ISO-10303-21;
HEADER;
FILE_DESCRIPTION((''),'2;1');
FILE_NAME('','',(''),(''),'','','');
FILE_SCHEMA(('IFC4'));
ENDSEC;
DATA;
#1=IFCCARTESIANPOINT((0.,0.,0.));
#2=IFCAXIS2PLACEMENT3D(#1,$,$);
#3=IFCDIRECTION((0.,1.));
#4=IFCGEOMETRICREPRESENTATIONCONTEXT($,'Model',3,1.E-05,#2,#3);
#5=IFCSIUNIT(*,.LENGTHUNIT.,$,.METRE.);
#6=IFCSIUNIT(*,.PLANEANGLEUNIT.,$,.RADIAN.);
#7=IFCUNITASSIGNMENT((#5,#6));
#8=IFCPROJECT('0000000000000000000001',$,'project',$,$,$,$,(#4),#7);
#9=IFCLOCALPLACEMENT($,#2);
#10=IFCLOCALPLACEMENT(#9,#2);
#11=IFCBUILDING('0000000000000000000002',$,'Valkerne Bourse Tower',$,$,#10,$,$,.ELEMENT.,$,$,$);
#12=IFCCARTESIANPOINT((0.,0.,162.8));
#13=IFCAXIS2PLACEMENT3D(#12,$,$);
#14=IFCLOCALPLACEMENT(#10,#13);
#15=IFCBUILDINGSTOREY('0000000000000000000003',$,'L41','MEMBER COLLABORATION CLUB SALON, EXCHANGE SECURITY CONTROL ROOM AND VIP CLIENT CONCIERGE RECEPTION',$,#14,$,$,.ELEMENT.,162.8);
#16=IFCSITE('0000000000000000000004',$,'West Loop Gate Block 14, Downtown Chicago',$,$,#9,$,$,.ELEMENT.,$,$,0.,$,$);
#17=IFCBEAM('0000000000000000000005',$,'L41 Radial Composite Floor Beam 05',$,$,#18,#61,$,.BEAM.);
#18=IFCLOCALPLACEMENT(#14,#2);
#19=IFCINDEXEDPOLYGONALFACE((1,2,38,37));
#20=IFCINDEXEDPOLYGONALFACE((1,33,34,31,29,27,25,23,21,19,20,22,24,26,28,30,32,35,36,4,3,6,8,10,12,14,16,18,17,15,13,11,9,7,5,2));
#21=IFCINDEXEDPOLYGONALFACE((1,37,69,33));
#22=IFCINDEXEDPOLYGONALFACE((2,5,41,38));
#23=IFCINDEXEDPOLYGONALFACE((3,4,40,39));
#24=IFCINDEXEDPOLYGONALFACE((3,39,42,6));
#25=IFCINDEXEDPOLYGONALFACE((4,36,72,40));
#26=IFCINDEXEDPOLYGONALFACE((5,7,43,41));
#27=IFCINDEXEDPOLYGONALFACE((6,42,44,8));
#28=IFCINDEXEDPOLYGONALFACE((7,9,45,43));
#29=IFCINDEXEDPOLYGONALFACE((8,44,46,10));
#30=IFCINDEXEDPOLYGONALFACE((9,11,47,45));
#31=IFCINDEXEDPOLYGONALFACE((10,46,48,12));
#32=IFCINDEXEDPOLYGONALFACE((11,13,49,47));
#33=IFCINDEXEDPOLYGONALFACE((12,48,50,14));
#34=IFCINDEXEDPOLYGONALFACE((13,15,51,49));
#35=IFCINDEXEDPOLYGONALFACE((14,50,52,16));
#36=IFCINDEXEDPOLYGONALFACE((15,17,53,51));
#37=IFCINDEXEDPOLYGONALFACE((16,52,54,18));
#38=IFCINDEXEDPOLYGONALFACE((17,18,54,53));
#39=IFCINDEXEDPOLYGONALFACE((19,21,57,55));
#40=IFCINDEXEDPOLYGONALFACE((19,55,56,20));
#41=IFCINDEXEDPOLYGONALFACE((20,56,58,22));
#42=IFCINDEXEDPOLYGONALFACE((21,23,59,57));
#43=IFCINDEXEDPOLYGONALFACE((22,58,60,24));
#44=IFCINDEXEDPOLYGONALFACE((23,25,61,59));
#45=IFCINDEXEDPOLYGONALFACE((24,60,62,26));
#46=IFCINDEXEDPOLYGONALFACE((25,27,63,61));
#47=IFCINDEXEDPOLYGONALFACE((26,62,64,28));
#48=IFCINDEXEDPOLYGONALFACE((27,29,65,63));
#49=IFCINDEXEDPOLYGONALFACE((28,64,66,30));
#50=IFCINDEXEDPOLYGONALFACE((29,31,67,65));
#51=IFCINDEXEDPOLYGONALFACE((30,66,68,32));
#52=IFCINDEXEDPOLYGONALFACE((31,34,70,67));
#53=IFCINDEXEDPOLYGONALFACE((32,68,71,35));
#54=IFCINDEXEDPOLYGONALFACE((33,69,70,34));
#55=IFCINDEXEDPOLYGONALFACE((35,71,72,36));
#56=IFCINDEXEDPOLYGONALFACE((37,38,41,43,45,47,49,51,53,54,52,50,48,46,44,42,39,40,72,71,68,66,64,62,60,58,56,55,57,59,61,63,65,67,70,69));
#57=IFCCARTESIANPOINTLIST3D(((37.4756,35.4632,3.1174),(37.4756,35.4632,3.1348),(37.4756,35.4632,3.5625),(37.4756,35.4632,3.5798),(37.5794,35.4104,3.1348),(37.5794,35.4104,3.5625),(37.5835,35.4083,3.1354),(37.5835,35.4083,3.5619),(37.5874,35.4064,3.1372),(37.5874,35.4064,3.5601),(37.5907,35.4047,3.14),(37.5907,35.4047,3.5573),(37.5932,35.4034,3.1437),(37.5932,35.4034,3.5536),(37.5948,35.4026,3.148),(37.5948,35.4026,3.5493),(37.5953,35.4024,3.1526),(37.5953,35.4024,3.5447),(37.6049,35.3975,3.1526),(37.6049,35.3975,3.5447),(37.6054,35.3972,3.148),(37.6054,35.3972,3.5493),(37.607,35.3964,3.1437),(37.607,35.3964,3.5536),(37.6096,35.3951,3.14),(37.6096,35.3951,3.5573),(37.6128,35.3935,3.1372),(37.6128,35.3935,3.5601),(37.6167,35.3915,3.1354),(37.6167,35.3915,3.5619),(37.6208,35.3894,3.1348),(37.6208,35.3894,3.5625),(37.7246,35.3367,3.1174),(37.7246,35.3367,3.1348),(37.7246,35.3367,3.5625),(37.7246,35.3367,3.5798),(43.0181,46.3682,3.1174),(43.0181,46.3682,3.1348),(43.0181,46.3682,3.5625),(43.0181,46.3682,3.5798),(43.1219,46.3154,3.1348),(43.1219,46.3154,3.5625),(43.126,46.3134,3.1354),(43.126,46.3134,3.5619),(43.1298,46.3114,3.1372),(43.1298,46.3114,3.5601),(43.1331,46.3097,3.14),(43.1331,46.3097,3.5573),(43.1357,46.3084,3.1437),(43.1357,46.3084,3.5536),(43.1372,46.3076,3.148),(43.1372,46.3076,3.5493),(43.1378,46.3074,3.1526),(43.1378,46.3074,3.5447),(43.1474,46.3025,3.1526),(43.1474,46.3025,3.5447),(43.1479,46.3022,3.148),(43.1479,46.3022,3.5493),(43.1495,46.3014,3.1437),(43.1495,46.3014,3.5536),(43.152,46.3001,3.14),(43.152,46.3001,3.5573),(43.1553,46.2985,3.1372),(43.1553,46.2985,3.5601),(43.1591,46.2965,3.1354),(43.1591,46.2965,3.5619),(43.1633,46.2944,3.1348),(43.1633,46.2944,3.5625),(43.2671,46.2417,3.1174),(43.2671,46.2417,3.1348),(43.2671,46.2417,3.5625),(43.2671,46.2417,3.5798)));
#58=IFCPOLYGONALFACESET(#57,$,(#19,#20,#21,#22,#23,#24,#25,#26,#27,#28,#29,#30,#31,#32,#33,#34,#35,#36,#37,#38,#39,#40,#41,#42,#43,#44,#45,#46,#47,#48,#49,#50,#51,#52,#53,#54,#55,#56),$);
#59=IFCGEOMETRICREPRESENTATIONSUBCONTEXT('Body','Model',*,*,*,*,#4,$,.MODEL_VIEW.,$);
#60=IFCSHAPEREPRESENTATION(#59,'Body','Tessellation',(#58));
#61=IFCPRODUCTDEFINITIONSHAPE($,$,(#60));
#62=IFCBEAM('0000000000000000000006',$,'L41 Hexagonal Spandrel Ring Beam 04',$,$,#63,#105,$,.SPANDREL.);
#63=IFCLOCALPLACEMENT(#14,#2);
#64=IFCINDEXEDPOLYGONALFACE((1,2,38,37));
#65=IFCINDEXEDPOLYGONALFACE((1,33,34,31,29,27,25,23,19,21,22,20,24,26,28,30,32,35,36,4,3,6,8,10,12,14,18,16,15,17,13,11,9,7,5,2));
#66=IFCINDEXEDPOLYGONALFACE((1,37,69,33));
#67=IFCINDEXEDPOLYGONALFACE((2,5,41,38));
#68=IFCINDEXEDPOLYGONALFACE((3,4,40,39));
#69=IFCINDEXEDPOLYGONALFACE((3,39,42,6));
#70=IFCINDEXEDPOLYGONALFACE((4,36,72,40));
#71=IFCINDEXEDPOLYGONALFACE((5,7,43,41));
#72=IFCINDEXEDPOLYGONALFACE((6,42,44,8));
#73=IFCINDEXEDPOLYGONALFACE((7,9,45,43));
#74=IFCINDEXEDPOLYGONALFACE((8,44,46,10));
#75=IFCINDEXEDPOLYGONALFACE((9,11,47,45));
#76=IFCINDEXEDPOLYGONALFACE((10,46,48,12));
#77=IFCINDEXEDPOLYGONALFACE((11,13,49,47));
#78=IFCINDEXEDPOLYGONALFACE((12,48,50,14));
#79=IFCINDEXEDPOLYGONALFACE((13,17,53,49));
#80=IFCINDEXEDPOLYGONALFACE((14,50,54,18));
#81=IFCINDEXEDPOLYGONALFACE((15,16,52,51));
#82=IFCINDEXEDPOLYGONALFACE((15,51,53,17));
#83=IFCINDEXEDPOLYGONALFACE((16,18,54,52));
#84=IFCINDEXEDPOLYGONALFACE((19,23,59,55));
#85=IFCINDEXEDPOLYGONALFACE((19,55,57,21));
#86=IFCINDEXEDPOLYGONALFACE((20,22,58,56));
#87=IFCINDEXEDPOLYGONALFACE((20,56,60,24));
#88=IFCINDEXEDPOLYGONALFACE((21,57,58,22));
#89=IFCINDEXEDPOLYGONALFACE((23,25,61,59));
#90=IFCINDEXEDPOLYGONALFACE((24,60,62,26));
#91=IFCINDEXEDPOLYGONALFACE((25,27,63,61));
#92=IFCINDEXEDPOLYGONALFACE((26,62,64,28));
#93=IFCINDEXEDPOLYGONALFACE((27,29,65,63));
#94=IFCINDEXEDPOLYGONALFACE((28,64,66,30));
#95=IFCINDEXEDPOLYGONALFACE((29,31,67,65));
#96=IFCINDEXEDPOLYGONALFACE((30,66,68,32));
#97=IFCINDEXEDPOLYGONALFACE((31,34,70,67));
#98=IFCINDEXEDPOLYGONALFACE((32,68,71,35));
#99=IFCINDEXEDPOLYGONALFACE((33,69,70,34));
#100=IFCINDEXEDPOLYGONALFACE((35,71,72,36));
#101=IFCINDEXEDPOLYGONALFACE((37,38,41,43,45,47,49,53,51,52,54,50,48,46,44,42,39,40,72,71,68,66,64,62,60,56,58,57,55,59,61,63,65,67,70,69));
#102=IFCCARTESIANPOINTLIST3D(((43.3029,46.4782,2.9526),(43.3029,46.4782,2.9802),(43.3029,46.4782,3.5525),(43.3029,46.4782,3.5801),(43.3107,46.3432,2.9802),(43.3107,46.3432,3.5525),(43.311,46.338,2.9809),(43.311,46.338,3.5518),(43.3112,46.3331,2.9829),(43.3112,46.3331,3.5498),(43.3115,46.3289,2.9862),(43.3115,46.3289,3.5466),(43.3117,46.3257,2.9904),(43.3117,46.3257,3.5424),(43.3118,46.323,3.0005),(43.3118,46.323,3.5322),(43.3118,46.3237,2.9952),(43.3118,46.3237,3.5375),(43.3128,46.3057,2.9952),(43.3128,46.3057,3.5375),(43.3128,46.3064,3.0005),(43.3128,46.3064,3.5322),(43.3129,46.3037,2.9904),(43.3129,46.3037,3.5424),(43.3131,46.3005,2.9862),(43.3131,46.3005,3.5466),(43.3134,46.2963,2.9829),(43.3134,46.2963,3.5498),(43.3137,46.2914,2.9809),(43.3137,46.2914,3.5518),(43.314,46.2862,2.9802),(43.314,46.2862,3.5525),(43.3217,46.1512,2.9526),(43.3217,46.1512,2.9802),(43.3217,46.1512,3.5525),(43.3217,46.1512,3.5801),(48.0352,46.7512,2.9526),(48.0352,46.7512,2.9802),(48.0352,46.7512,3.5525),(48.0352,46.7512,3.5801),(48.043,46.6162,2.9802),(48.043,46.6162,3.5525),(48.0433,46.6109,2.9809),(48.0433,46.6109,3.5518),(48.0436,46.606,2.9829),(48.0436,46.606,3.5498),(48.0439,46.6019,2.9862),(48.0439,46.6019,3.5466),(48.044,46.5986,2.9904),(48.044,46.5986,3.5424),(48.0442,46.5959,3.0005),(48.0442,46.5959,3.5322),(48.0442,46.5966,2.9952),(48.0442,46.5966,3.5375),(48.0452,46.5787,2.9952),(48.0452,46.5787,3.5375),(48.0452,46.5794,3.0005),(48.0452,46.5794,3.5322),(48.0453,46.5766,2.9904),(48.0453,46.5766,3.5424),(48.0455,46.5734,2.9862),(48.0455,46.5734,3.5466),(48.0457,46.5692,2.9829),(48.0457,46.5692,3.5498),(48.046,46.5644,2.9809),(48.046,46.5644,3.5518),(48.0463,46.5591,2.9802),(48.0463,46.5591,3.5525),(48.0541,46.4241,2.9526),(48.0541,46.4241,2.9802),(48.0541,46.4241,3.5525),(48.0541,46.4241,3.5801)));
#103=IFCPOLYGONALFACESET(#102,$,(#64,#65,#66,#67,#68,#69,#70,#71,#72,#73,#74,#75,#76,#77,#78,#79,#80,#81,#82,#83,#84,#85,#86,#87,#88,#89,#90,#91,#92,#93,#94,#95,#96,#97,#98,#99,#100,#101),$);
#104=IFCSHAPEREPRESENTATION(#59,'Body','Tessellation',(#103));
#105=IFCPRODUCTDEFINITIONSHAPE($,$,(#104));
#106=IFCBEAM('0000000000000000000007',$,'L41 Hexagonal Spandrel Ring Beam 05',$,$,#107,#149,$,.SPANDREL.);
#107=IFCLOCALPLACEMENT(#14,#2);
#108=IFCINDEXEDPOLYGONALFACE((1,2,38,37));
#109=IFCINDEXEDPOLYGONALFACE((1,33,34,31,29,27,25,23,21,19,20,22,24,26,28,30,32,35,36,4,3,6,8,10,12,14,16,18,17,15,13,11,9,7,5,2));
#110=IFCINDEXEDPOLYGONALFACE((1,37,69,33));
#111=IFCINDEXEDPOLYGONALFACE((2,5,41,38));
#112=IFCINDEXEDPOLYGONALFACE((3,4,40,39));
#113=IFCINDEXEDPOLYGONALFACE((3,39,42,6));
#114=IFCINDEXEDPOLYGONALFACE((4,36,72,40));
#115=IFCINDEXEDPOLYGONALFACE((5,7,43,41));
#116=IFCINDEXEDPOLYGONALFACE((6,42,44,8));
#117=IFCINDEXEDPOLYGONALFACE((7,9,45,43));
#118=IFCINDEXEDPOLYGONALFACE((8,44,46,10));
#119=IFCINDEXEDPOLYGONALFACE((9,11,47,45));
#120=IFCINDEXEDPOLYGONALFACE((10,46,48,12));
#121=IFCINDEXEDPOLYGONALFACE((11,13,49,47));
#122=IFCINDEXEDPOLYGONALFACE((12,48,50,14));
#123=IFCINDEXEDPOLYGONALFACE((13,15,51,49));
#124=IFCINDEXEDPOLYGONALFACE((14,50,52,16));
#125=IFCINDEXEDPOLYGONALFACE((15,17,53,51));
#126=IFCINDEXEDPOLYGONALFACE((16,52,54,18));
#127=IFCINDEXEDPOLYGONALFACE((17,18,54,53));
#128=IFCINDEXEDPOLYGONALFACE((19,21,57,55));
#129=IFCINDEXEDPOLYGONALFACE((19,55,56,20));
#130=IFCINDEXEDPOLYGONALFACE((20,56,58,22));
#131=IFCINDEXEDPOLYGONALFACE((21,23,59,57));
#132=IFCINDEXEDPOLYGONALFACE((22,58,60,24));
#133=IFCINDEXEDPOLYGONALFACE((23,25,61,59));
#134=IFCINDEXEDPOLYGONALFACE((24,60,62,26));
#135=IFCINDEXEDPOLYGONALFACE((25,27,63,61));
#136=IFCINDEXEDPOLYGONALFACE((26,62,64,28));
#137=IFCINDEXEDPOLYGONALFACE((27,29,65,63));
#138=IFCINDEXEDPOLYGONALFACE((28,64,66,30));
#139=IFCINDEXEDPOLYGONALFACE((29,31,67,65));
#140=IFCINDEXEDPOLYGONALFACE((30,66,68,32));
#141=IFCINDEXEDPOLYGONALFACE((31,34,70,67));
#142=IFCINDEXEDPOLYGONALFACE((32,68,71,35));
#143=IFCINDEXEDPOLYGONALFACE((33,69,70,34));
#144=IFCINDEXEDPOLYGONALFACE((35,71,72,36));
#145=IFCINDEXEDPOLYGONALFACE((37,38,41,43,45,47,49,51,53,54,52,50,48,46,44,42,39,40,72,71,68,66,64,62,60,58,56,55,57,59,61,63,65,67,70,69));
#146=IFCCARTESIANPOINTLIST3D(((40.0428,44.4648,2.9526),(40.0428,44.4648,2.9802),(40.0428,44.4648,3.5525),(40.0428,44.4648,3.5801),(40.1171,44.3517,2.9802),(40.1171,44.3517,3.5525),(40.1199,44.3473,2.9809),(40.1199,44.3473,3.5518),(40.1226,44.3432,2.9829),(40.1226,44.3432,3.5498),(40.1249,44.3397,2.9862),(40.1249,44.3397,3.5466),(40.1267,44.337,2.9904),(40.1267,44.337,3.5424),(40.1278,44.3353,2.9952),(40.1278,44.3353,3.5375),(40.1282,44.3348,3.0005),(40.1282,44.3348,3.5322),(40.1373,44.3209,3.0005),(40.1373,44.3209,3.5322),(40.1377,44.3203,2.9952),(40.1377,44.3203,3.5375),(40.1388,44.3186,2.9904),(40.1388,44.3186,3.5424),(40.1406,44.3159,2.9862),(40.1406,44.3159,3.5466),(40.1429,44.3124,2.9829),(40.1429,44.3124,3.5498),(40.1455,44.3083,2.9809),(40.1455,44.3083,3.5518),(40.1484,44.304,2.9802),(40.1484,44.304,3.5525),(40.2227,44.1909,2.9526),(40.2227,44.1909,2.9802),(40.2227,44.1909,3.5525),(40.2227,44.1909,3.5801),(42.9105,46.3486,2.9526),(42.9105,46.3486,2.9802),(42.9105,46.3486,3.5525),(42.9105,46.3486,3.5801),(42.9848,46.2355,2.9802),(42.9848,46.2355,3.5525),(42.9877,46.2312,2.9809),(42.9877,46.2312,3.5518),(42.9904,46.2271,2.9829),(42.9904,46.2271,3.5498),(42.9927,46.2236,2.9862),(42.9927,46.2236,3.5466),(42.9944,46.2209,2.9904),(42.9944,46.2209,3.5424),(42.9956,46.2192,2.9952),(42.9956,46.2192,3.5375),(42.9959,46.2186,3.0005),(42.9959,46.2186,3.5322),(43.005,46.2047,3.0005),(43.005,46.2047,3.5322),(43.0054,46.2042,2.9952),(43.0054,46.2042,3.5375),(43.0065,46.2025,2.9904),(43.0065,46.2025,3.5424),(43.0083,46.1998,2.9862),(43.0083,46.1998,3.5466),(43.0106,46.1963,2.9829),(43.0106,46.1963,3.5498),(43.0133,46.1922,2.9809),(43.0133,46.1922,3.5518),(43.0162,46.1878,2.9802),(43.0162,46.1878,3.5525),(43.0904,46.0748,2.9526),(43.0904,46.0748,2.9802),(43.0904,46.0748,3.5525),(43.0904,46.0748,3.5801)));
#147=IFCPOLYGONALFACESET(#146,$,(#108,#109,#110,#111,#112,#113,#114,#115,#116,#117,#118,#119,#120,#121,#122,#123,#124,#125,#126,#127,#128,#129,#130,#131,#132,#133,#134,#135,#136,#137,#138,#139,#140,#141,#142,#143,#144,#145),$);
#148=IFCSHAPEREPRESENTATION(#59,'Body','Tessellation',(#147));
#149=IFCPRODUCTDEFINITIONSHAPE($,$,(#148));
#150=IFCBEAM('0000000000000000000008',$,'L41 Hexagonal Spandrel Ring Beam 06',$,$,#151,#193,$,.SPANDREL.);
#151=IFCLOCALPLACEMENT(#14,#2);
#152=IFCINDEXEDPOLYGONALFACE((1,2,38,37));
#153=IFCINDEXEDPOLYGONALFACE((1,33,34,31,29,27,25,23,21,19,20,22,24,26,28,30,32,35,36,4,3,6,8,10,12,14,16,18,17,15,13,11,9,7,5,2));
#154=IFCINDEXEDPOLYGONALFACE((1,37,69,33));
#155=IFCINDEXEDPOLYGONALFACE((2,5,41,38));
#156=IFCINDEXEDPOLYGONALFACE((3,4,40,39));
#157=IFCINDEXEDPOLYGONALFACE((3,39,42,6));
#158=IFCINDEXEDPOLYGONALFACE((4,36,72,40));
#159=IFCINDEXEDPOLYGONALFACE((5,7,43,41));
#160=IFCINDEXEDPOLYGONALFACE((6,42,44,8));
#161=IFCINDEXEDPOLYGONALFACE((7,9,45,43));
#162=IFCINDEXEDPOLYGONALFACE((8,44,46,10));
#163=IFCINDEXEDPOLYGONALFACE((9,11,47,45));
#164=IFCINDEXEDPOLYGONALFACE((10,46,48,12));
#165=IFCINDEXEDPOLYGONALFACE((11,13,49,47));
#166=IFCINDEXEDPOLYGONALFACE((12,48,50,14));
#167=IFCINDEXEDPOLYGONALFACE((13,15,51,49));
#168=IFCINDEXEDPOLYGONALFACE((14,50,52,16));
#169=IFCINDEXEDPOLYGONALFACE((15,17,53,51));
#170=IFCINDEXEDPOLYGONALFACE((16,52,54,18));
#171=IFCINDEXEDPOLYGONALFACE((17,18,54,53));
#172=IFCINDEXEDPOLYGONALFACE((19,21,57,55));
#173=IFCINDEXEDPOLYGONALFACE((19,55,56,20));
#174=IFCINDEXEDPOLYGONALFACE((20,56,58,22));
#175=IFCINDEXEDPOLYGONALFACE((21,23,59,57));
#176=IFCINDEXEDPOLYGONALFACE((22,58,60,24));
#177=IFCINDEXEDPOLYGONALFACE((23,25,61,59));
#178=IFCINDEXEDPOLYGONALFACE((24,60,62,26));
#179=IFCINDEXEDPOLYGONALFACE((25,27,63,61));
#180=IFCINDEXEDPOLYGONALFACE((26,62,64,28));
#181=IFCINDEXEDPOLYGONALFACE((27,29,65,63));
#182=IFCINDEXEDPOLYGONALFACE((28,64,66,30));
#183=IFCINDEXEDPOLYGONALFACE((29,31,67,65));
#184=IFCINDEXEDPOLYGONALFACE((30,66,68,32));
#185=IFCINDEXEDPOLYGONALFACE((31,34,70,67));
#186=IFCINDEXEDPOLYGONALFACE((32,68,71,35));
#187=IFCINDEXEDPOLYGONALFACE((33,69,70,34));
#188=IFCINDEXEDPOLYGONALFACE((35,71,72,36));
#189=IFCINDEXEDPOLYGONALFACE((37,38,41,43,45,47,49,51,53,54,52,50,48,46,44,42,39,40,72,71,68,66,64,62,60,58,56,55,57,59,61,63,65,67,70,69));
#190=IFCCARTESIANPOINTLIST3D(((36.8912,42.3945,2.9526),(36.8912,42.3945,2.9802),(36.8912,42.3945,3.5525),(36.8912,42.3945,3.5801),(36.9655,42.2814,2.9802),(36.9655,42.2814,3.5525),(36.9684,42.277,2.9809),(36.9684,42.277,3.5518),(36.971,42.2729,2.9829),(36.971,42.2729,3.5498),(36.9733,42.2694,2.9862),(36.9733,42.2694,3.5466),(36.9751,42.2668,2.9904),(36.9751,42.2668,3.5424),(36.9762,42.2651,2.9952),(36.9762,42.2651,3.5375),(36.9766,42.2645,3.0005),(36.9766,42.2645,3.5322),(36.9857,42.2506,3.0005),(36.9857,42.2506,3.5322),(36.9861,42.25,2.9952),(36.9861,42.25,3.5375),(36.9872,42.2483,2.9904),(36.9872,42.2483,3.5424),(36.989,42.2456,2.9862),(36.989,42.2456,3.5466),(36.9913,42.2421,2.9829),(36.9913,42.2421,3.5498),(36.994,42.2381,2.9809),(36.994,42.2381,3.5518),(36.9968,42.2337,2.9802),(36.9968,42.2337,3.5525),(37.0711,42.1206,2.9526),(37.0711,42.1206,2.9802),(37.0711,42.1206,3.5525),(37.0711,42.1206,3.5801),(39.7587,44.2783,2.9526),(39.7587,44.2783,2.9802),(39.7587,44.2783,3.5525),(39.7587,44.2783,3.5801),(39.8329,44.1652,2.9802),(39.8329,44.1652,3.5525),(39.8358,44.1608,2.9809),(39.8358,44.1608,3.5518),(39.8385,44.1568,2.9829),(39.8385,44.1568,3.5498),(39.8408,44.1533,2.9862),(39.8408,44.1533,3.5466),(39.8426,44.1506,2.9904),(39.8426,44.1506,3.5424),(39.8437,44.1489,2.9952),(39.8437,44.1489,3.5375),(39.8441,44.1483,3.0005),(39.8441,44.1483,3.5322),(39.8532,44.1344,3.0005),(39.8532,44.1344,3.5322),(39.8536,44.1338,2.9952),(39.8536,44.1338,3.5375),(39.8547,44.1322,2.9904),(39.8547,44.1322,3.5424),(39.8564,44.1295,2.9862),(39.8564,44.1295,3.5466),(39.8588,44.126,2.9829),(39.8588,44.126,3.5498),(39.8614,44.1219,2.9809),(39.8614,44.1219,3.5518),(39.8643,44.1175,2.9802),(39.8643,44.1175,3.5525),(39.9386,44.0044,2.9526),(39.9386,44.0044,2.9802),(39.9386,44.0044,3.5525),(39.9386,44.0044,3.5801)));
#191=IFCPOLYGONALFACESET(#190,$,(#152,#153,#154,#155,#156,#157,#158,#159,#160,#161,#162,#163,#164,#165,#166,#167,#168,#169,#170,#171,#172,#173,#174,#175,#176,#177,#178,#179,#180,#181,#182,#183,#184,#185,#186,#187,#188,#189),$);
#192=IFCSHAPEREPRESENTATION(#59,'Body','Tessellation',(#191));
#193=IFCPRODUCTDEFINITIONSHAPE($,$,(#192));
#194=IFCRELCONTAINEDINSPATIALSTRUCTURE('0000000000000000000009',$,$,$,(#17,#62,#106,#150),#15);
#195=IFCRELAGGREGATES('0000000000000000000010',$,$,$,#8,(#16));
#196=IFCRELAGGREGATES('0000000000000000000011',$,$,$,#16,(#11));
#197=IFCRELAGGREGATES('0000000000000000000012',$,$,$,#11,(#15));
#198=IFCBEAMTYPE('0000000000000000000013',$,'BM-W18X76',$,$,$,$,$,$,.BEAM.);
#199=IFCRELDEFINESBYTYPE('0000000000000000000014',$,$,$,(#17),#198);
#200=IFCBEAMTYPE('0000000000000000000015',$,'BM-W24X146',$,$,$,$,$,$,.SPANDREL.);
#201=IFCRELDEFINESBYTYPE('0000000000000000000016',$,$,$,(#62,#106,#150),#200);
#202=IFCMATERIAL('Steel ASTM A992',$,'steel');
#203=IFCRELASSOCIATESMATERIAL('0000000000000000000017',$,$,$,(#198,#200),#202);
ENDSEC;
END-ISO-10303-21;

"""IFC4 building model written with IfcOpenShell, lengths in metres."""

from ifc_helpers import new_model, si_unit, direction, frame, origin, origin_2d, place, context, subcontext, project, spatial, i_section, extrude, material, material_profile, profile_set, type_object, element, save


model = new_model("IFC4")

# Units and contexts
model_context = context("Model", 3, precision=1e-05, world=origin(), true_north=direction((0.0, 1.0)))
body_context = subcontext(model_context, "Body", "Model", "MODEL_VIEW")
ifc_project = project(units=[si_unit("LENGTHUNIT", "METRE"), si_unit("PLANEANGLEUNIT", "RADIAN")], contexts=[model_context])

# Site, building, storey
site_placement = place(None, origin())
site = spatial("IfcSite", under=ifc_project, at=site_placement, Name="West Loop Gate Block 14, Downtown Chicago", CompositionType="ELEMENT", RefElevation=0.0)
building_placement = place(site_placement, origin())
building = spatial("IfcBuilding", under=site, at=building_placement, Name="Valkerne Bourse Tower", CompositionType="ELEMENT")
storey_placement = place(building_placement, frame((0.0, 0.0, 162.8)))
storey = spatial("IfcBuildingStorey", under=building, at=storey_placement, Name="L41", Description="MEMBER COLLABORATION CLUB SALON, EXCHANGE SECURITY CONTROL ROOM AND VIP CLIENT CONCIERGE RECEPTION", CompositionType="ELEMENT", Elevation=162.8)

# Beams
ifc_material_1 = material(Name="Steel ASTM A992", Category="steel")
ifc_material_profile_1 = material_profile(ifc_material_1, i_section(OverallWidth=0.2793, OverallDepth=0.4624, WebThickness=0.0107, FlangeThickness=0.0173, FilletRadius=0.0178, at=origin_2d()), Name="W18X76")
ifc_profile_set_1 = profile_set([ifc_material_profile_1], Name="Steel ASTM A992")
beam_type_1 = type_object("IfcBeamType", Name="BM-W18X76", PredefinedType="BEAM", material=ifc_profile_set_1)
beam_1_placement = place(storey_placement, frame((43.1426, 46.3049, 3.3486), z_axis=(-0.453088, -0.891466, 0.0), x_axis=(0.891466, -0.453088, 0.0)))
element("IfcBeam", 1, at=beam_1_placement, inside=storey, type_object=beam_type_1, Name="L41 Radial Composite Floor Beam 05", PredefinedType="BEAM", context=body_context, shape_type="SweptSolid", body=[
    extrude(i_section(OverallWidth=0.2793, OverallDepth=0.4624, WebThickness=0.0107, FlangeThickness=0.0173, FilletRadius=0.0178, at=origin_2d()), origin(), (0.0, 0.0, 1.0), 12.2327),
])
ifc_material_profile_2 = material_profile(ifc_material_1, i_section(OverallWidth=0.3276, OverallDepth=0.6274, WebThickness=0.0166, FlangeThickness=0.0276, FilletRadius=0.0203, at=origin_2d()), Name="W24X146")
ifc_profile_set_2 = profile_set([ifc_material_profile_2], Name="Steel ASTM A992")
beam_type_2 = type_object("IfcBeamType", Name="BM-W24X146", PredefinedType="SPANDREL", material=ifc_profile_set_2)
beam_2_placement = place(storey_placement, frame((48.0447, 46.5876, 3.2664), z_axis=(-0.998341, -0.057581, 0.0), x_axis=(0.057581, -0.998341, 0.0)))
element("IfcBeam", 2, at=beam_2_placement, inside=storey, type_object=beam_type_2, Name="L41 Hexagonal Spandrel Ring Beam 04", PredefinedType="SPANDREL", context=body_context, shape_type="SweptSolid", body=[
    extrude(i_section(OverallWidth=0.3276, OverallDepth=0.6274, WebThickness=0.0166, FlangeThickness=0.0276, FilletRadius=0.0203, at=origin_2d()), origin(), (0.0, 0.0, 1.0), 4.7402),
])
beam_3_placement = place(storey_placement, frame((43.0005, 46.2117, 3.2664), z_axis=(-0.835797, -0.549039, 0.0), x_axis=(0.549039, -0.835797, 0.0)))
element("IfcBeam", 3, at=beam_3_placement, inside=storey, type_object=beam_type_2, Name="L41 Hexagonal Spandrel Ring Beam 05", PredefinedType="SPANDREL", context=body_context, shape_type="SweptSolid", body=[
    extrude(i_section(OverallWidth=0.3276, OverallDepth=0.6274, WebThickness=0.0166, FlangeThickness=0.0276, FilletRadius=0.0203, at=origin_2d()), origin(), (0.0, 0.0, 1.0), 3.4312),
])
beam_4_placement = place(storey_placement, frame((39.8486, 44.1414, 3.2664), z_axis=(-0.835775, -0.549071, 0.0), x_axis=(0.549071, -0.835775, 0.0)))
element("IfcBeam", 4, at=beam_4_placement, inside=storey, type_object=beam_type_2, Name="L41 Hexagonal Spandrel Ring Beam 06", PredefinedType="SPANDREL", context=body_context, shape_type="SweptSolid", body=[
    extrude(i_section(OverallWidth=0.3276, OverallDepth=0.6274, WebThickness=0.0166, FlangeThickness=0.0276, FilletRadius=0.0203, at=origin_2d()), origin(), (0.0, 0.0, 1.0), 3.4309),
])

save(model, "model.ifc")
